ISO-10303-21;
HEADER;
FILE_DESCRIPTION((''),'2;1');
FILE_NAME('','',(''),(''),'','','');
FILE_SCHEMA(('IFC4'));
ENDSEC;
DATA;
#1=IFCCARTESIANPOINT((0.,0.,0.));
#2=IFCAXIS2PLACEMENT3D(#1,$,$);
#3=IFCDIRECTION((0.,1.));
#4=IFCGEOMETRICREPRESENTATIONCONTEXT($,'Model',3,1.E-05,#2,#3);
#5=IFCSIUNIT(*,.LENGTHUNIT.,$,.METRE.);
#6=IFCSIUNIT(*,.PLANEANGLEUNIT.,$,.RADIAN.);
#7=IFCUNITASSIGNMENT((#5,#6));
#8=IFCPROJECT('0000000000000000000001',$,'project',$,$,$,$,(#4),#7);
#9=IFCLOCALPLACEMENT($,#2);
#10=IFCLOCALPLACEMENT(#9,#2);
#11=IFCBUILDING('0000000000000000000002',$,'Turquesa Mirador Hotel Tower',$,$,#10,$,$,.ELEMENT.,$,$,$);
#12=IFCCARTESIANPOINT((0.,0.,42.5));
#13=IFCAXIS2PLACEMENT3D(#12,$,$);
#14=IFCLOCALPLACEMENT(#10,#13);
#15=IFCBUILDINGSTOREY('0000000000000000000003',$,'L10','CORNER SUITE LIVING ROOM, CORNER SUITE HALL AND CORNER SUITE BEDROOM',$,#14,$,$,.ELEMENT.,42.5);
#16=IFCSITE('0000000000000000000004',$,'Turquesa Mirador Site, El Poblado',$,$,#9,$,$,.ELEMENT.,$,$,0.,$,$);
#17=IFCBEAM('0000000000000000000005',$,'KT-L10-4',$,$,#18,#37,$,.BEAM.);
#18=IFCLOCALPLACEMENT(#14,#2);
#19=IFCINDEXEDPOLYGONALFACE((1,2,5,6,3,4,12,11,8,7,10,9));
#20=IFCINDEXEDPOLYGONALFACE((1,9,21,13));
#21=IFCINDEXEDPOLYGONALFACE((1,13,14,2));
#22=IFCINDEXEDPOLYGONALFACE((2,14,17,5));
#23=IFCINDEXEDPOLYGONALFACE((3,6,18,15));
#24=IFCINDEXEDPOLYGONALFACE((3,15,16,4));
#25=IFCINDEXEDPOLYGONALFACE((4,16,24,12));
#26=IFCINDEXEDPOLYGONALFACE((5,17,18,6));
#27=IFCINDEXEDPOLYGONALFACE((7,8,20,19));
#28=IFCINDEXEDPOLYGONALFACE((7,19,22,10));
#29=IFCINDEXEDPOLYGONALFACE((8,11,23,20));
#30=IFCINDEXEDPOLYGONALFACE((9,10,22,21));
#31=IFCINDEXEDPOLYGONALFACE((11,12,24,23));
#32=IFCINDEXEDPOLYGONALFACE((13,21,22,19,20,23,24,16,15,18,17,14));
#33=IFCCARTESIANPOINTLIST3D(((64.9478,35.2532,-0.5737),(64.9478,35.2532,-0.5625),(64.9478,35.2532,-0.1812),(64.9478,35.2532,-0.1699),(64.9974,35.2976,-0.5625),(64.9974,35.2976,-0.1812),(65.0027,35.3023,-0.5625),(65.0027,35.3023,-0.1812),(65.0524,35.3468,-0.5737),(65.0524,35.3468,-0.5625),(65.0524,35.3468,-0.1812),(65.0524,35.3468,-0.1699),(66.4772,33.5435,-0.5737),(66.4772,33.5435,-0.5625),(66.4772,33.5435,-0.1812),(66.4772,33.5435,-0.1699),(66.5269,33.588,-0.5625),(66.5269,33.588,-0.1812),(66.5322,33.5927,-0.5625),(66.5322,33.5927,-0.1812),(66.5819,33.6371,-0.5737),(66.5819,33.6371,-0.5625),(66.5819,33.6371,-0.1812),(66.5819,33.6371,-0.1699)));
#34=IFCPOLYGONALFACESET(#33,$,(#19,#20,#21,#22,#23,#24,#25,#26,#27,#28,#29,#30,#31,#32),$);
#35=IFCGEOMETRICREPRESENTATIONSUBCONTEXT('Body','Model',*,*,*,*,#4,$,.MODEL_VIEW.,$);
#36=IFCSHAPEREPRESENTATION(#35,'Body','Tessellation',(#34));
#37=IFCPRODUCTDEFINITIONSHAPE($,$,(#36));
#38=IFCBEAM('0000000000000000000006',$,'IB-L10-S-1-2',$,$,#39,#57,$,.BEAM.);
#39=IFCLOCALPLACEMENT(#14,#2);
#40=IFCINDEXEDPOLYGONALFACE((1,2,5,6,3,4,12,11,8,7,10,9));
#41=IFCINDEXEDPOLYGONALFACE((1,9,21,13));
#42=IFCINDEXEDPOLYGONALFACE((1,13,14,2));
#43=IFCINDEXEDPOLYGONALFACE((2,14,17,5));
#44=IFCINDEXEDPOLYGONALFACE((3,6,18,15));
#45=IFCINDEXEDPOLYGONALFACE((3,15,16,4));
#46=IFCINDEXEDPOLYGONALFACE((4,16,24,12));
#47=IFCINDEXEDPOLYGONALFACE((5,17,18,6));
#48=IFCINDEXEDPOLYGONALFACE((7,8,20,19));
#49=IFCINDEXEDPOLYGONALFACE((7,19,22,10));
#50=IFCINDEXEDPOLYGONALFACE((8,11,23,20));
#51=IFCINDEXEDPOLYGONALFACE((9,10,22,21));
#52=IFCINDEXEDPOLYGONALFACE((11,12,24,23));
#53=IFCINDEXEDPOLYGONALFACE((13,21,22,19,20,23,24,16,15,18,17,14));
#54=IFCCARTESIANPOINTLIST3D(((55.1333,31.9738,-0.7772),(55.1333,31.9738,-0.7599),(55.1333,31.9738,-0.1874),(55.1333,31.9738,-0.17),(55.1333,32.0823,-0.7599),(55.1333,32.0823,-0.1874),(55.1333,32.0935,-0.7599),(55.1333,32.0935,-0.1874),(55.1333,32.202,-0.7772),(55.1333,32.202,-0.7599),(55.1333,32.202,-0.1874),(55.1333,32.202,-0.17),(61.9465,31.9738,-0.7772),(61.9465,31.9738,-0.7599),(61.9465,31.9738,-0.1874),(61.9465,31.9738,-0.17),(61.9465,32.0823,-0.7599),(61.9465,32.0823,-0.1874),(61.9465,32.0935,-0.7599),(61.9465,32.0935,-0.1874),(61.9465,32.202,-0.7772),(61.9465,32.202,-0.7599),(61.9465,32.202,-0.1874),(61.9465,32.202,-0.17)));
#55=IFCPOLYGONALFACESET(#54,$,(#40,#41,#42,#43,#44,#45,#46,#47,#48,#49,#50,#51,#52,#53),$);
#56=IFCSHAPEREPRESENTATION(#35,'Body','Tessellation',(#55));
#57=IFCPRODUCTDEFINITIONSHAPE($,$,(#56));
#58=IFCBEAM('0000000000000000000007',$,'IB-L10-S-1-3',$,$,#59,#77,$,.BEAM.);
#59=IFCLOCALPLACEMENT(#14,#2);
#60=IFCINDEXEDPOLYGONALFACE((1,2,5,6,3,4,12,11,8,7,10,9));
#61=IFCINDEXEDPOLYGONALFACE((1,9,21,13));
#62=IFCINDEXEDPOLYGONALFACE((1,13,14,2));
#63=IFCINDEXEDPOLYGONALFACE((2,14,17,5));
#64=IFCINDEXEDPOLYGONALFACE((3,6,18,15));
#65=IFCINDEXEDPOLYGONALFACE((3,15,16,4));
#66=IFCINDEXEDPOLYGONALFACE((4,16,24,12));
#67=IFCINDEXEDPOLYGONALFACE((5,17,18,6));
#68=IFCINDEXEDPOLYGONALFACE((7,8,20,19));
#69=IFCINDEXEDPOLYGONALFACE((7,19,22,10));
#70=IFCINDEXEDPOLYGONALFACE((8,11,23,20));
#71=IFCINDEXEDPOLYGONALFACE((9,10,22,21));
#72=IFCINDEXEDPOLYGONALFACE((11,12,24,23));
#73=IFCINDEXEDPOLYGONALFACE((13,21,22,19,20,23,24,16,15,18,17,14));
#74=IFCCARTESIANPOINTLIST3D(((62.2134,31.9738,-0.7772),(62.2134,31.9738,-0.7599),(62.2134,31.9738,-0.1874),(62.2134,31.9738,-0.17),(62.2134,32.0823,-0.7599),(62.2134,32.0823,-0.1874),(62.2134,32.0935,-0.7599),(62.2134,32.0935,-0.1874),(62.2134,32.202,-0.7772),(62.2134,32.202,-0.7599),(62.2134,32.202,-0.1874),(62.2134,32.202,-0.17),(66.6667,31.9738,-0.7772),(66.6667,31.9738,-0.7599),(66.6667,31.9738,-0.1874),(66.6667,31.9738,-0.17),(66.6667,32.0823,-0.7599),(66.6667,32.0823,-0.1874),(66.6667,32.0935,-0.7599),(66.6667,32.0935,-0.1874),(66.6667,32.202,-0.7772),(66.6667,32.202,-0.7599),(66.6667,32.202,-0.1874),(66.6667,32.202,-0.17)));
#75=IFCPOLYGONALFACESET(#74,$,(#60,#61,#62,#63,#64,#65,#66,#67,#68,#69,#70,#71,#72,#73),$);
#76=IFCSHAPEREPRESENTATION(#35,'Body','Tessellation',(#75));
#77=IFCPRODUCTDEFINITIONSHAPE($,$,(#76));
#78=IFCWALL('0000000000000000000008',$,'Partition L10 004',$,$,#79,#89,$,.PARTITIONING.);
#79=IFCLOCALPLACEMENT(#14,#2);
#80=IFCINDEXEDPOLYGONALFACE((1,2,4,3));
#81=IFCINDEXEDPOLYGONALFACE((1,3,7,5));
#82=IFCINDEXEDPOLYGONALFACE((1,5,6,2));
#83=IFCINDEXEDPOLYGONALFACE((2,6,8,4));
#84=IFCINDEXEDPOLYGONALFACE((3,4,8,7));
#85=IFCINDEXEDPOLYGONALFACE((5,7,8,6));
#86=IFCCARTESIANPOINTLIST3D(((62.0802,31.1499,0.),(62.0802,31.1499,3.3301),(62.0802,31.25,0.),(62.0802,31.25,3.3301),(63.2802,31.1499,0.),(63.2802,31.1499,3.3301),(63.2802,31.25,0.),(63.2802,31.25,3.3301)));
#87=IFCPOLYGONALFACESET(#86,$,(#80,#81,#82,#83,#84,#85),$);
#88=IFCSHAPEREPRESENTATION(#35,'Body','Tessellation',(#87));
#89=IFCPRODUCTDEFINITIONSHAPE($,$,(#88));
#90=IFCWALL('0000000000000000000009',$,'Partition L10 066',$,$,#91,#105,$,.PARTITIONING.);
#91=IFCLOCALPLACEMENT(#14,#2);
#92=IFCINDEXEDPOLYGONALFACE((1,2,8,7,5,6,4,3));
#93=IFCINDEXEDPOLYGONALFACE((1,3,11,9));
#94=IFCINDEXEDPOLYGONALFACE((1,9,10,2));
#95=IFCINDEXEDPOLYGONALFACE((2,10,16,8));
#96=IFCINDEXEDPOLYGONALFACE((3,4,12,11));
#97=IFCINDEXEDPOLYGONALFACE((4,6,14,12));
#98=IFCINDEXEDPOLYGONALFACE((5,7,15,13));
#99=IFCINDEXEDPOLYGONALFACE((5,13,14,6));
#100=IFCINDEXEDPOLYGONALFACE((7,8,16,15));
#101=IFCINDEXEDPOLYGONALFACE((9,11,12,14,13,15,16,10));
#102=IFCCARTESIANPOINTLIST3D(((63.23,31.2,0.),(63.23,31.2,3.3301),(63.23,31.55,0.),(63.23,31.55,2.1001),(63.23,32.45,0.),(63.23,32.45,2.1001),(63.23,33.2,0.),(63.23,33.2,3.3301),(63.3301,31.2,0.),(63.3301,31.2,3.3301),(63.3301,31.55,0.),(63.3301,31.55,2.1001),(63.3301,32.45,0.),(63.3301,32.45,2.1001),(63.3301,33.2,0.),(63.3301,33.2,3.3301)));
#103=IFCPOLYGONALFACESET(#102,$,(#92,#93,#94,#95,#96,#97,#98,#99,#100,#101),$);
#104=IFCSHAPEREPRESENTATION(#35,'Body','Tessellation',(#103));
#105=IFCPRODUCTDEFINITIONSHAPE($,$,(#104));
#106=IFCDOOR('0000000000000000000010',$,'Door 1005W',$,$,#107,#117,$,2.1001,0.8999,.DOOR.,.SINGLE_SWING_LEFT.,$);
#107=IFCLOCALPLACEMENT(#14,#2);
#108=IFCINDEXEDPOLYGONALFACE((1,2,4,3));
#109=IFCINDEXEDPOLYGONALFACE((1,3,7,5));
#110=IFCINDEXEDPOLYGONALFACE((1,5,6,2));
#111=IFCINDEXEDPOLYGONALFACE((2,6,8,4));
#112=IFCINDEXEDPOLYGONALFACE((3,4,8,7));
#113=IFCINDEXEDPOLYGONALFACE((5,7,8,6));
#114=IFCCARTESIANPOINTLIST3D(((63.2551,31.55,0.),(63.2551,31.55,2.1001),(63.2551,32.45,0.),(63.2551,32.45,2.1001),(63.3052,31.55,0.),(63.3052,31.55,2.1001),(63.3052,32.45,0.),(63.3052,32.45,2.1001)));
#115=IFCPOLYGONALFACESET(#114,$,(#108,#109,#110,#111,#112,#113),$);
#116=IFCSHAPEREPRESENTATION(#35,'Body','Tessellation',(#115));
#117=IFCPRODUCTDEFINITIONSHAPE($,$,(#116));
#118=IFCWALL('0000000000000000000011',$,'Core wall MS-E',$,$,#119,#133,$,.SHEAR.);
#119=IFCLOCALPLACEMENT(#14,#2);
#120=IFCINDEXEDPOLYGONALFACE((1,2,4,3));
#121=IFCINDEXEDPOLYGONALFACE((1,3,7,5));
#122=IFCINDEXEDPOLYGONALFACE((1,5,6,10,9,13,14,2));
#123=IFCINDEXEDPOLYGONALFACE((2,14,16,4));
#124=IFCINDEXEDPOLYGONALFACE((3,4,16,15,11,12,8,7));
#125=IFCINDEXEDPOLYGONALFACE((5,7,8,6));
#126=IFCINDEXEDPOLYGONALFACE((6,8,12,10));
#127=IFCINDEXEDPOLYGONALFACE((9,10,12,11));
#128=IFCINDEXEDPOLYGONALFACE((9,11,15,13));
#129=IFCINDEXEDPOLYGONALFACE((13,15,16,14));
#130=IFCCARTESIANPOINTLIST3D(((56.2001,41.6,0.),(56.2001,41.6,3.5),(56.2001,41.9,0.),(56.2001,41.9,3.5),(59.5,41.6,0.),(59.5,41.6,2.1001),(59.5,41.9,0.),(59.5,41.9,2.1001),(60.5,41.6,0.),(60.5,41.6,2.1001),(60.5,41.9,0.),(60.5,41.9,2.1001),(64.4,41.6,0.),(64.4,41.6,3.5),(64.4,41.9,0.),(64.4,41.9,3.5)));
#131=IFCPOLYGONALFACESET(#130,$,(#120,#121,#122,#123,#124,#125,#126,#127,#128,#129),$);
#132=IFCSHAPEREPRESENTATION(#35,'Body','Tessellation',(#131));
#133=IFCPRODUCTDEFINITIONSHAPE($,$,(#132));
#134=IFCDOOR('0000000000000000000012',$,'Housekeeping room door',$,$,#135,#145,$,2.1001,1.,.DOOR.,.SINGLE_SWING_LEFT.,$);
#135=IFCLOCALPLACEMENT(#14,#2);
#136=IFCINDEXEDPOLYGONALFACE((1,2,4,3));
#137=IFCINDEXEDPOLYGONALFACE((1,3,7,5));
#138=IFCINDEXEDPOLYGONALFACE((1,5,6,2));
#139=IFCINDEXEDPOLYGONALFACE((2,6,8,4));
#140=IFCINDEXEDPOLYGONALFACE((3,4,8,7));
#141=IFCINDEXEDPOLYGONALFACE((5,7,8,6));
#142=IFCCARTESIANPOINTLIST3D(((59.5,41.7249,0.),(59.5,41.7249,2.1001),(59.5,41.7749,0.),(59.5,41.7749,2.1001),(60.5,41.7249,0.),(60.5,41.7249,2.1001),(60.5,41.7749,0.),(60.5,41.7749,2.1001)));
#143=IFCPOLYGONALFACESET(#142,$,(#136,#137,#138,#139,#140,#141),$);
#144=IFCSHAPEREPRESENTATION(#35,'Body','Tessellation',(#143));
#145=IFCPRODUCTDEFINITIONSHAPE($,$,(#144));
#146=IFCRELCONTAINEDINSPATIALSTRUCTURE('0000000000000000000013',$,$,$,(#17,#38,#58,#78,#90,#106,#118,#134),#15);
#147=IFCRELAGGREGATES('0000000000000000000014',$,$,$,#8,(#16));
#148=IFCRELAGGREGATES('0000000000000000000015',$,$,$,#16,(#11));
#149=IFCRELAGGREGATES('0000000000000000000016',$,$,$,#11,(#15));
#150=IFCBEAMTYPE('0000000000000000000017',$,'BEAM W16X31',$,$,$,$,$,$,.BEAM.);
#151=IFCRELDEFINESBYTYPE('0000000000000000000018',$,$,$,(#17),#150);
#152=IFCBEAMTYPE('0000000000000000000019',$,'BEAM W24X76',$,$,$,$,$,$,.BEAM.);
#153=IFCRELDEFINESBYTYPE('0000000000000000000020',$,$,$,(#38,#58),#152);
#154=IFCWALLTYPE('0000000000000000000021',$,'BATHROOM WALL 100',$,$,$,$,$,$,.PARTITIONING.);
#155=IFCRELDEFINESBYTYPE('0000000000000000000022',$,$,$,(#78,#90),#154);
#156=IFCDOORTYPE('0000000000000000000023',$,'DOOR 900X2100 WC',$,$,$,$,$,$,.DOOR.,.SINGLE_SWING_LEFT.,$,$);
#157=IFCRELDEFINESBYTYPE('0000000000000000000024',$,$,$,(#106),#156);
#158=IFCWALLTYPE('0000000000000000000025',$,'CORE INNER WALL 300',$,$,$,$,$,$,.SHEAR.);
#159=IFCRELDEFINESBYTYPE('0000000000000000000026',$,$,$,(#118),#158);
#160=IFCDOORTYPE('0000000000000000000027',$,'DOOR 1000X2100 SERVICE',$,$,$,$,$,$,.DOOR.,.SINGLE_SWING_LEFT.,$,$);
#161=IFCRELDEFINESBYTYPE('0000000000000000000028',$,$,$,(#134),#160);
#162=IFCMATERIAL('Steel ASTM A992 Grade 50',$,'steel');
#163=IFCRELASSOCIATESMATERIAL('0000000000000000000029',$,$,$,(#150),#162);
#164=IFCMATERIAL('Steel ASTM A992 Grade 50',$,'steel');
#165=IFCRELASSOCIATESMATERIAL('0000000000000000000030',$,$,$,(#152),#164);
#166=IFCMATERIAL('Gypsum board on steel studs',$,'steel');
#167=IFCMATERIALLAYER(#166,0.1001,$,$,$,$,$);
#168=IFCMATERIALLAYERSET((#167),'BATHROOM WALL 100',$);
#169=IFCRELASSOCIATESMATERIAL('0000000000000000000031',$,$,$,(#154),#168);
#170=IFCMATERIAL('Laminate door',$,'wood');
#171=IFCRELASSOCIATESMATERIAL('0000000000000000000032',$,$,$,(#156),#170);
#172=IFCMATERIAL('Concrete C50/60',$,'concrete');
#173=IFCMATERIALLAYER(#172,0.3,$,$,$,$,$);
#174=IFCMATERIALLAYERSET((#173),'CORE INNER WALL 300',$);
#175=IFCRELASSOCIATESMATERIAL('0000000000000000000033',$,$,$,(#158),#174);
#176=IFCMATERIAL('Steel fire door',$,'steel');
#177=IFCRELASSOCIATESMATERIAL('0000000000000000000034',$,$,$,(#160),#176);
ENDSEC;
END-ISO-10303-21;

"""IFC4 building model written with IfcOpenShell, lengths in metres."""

from ifc_helpers import new_model, si_unit, direction, frame, frame_2d, origin, origin_2d, place, context, subcontext, project, spatial, rectangle, i_section, extrude, material, layer, layer_set, material_profile, profile_set, type_object, element, fill, save


model = new_model("IFC4")

# Units and contexts
model_context = context("Model", 3, precision=1e-05, world=origin(), true_north=direction((0.0, 1.0)))
body_context = subcontext(model_context, "Body", "Model", "MODEL_VIEW")
ifc_project = project(units=[si_unit("LENGTHUNIT", "METRE"), si_unit("PLANEANGLEUNIT", "RADIAN")], contexts=[model_context])

# Site, building, storey
site_placement = place(None, origin())
site = spatial("IfcSite", under=ifc_project, at=site_placement, Name="Turquesa Mirador Site, El Poblado", CompositionType="ELEMENT", RefElevation=0.0)
building_placement = place(site_placement, origin())
building = spatial("IfcBuilding", under=site, at=building_placement, Name="Turquesa Mirador Hotel Tower", CompositionType="ELEMENT")
storey_placement = place(building_placement, frame((0.0, 0.0, 42.5)))
storey = spatial("IfcBuildingStorey", under=building, at=storey_placement, Name="L10", Description="CORNER SUITE LIVING ROOM, CORNER SUITE HALL AND CORNER SUITE BEDROOM", CompositionType="ELEMENT", Elevation=42.5)

# Beams
ifc_material_1 = material(Name="Steel ASTM A992 Grade 50", Category="steel")
ifc_material_profile_1 = material_profile(ifc_material_1, i_section(OverallWidth=0.1404, OverallDepth=0.4038, WebThickness=0.0071, FlangeThickness=0.0112, at=origin_2d()), Name="W16X31")
ifc_profile_set_1 = profile_set([ifc_material_profile_1], Name="Steel ASTM A992 Grade 50")
beam_type_1 = type_object("IfcBeamType", Name="BEAM W16X31", PredefinedType="BEAM", material=ifc_profile_set_1)
beam_1_placement = place(storey_placement, frame((66.5295, 33.5903, -0.3718), z_axis=(-0.666745, 0.745286, 0.0), x_axis=(-0.745286, -0.666745, 0.0)))
element("IfcBeam", 1, at=beam_1_placement, inside=storey, type_object=beam_type_1, Name="KT-L10-4", PredefinedType="BEAM", context=body_context, shape_type="SweptSolid", body=[
    extrude(i_section(OverallWidth=0.1404, OverallDepth=0.4038, WebThickness=0.0071, FlangeThickness=0.0112, at=origin_2d()), origin(), (0.0, 0.0, 1.0), 2.2939),
])
ifc_material_2 = material(Name="Steel ASTM A992 Grade 50", Category="steel")
ifc_material_profile_2 = material_profile(ifc_material_2, i_section(OverallWidth=0.2283, OverallDepth=0.6072, WebThickness=0.0112, FlangeThickness=0.0173, at=origin_2d()), Name="W24X76")
ifc_profile_set_2 = profile_set([ifc_material_profile_2], Name="Steel ASTM A992 Grade 50")
beam_type_2 = type_object("IfcBeamType", Name="BEAM W24X76", PredefinedType="BEAM", material=ifc_profile_set_2)
beam_2_placement = place(storey_placement, frame((55.1333, 32.0879, -0.4736), z_axis=(1.0, 0.0, 0.0), x_axis=(0.0, 1.0, 0.0)))
element("IfcBeam", 2, at=beam_2_placement, inside=storey, type_object=beam_type_2, Name="IB-L10-S-1-2", PredefinedType="BEAM", context=body_context, shape_type="SweptSolid", body=[
    extrude(i_section(OverallWidth=0.2283, OverallDepth=0.6072, WebThickness=0.0112, FlangeThickness=0.0173, at=origin_2d()), origin(), (0.0, 0.0, 1.0), 6.8132),
])
beam_3_placement = place(storey_placement, frame((62.2134, 32.0879, -0.4736), z_axis=(1.0, 0.0, 0.0), x_axis=(0.0, 1.0, 0.0)))
element("IfcBeam", 3, at=beam_3_placement, inside=storey, type_object=beam_type_2, Name="IB-L10-S-1-3", PredefinedType="BEAM", context=body_context, shape_type="SweptSolid", body=[
    extrude(i_section(OverallWidth=0.2283, OverallDepth=0.6072, WebThickness=0.0112, FlangeThickness=0.0173, at=origin_2d()), origin(), (0.0, 0.0, 1.0), 4.4534),
])

# Wall
ifc_material_3 = material(Name="Gypsum board on steel studs", Category="steel")
ifc_layer_1 = layer(ifc_material_3, 0.1001)
ifc_layer_set_1 = layer_set([ifc_layer_1], Name="BATHROOM WALL 100")
wall_type_1 = type_object("IfcWallType", Name="BATHROOM WALL 100", PredefinedType="PARTITIONING", material=ifc_layer_set_1)
wall_1_placement = place(storey_placement, frame((62.0801, 31.2, 0.0), z_axis=(0.0, 0.0, 1.0), x_axis=(1.0, 0.0, 0.0)))
element("IfcWall", 4, at=wall_1_placement, inside=storey, type_object=wall_type_1, Name="Partition L10 004", PredefinedType="PARTITIONING", context=body_context, shape_type="SweptSolid", body=[
    extrude(rectangle(XDim=1.2, YDim=0.1001, at=frame_2d((0.6001, 0.0))), origin(), (0.0, 0.0, 1.0), 3.3301),
])

# Walls, openings, doors
wall_2_placement = place(storey_placement, frame((63.28, 31.2, 0.0), z_axis=(0.0, 0.0, 1.0), x_axis=(0.0, 1.0, 0.0)))
wall_2 = element("IfcWall", 5, at=wall_2_placement, inside=storey, type_object=wall_type_1, Name="Partition L10 066", PredefinedType="PARTITIONING", context=body_context, shape_type="SweptSolid", body=[
    extrude(rectangle(XDim=2.0, YDim=0.1001, at=frame_2d((1.0, 0.0))), origin(), (0.0, 0.0, 1.0), 3.3301),
])
opening_1_placement = place(wall_2_placement, frame((0.3501, 0.0, 0.0)))
opening_1 = element("IfcOpeningElement", 6, at=opening_1_placement, cuts=wall_2, PredefinedType="OPENING", context=body_context, shape_type="SweptSolid", body=[
    extrude(rectangle(XDim=0.8999, YDim=2.1001, at=frame_2d((0.45, 1.05))), frame((0.0, 0.0601, 0.0), z_axis=(0.0, -1.0, 0.0), x_axis=(1.0, 0.0, 0.0)), (0.0, 0.0, 1.0), 0.1201),
])
ifc_material_4 = material(Name="Laminate door", Category="wood")
door_type_1 = type_object("IfcDoorType", Name="DOOR 900X2100 WC", OperationType="SINGLE_SWING_LEFT", PredefinedType="DOOR", material=ifc_material_4)
door_1_placement = place(opening_1_placement, origin())
door_1 = element("IfcDoor", 7, at=door_1_placement, inside=storey, type_object=door_type_1, Name="Door 1005W", OperationType="SINGLE_SWING_LEFT", OverallHeight=2.1001, OverallWidth=0.8999, PredefinedType="DOOR", context=body_context, shape_type="SweptSolid", body=[
    extrude(rectangle(XDim=0.8999, YDim=2.1001, at=frame_2d((0.45, 1.05))), frame((0.0, 0.0249, 0.0), z_axis=(0.0, -1.0, 0.0), x_axis=(1.0, 0.0, 0.0)), (0.0, 0.0, 1.0), 0.05),
])
fill(opening_1, door_1)
ifc_material_5 = material(Name="Concrete C50/60", Category="concrete")
ifc_layer_2 = layer(ifc_material_5, 0.3)
ifc_layer_set_2 = layer_set([ifc_layer_2], Name="CORE INNER WALL 300")
wall_type_2 = type_object("IfcWallType", Name="CORE INNER WALL 300", PredefinedType="SHEAR", material=ifc_layer_set_2)
wall_3_placement = place(storey_placement, frame((56.2, 41.75, 0.0), z_axis=(0.0, 0.0, 1.0), x_axis=(1.0, 0.0, 0.0)))
wall_3 = element("IfcWall", 8, at=wall_3_placement, inside=storey, type_object=wall_type_2, Name="Core wall MS-E", PredefinedType="SHEAR", context=body_context, shape_type="SweptSolid", body=[
    extrude(rectangle(XDim=8.2, YDim=0.3, at=frame_2d((4.1001, 0.0))), origin(), (0.0, 0.0, 1.0), 3.5),
])
opening_2_placement = place(wall_3_placement, frame((3.3, 0.0, 0.0)))
opening_2 = element("IfcOpeningElement", 9, at=opening_2_placement, cuts=wall_3, PredefinedType="OPENING", context=body_context, shape_type="SweptSolid", body=[
    extrude(rectangle(XDim=1.0, YDim=2.1001, at=frame_2d((0.5, 1.05))), frame((0.0, 0.1599, 0.0), z_axis=(0.0, -1.0, 0.0), x_axis=(1.0, 0.0, 0.0)), (0.0, 0.0, 1.0), 0.3201),
])
ifc_material_6 = material(Name="Steel fire door", Category="steel")
door_type_2 = type_object("IfcDoorType", Name="DOOR 1000X2100 SERVICE", OperationType="SINGLE_SWING_LEFT", PredefinedType="DOOR", material=ifc_material_6)
door_2_placement = place(opening_2_placement, origin())
door_2 = element("IfcDoor", 10, at=door_2_placement, inside=storey, type_object=door_type_2, Name="Housekeeping room door", OperationType="SINGLE_SWING_LEFT", OverallHeight=2.1001, OverallWidth=1.0, PredefinedType="DOOR", context=body_context, shape_type="SweptSolid", body=[
    extrude(rectangle(XDim=1.0, YDim=2.1001, at=frame_2d((0.5, 1.05))), frame((0.0, 0.0249, 0.0), z_axis=(0.0, -1.0, 0.0), x_axis=(1.0, 0.0, 0.0)), (0.0, 0.0, 1.0), 0.05),
])
fill(opening_2, door_2)

save(model, "model.ifc")
